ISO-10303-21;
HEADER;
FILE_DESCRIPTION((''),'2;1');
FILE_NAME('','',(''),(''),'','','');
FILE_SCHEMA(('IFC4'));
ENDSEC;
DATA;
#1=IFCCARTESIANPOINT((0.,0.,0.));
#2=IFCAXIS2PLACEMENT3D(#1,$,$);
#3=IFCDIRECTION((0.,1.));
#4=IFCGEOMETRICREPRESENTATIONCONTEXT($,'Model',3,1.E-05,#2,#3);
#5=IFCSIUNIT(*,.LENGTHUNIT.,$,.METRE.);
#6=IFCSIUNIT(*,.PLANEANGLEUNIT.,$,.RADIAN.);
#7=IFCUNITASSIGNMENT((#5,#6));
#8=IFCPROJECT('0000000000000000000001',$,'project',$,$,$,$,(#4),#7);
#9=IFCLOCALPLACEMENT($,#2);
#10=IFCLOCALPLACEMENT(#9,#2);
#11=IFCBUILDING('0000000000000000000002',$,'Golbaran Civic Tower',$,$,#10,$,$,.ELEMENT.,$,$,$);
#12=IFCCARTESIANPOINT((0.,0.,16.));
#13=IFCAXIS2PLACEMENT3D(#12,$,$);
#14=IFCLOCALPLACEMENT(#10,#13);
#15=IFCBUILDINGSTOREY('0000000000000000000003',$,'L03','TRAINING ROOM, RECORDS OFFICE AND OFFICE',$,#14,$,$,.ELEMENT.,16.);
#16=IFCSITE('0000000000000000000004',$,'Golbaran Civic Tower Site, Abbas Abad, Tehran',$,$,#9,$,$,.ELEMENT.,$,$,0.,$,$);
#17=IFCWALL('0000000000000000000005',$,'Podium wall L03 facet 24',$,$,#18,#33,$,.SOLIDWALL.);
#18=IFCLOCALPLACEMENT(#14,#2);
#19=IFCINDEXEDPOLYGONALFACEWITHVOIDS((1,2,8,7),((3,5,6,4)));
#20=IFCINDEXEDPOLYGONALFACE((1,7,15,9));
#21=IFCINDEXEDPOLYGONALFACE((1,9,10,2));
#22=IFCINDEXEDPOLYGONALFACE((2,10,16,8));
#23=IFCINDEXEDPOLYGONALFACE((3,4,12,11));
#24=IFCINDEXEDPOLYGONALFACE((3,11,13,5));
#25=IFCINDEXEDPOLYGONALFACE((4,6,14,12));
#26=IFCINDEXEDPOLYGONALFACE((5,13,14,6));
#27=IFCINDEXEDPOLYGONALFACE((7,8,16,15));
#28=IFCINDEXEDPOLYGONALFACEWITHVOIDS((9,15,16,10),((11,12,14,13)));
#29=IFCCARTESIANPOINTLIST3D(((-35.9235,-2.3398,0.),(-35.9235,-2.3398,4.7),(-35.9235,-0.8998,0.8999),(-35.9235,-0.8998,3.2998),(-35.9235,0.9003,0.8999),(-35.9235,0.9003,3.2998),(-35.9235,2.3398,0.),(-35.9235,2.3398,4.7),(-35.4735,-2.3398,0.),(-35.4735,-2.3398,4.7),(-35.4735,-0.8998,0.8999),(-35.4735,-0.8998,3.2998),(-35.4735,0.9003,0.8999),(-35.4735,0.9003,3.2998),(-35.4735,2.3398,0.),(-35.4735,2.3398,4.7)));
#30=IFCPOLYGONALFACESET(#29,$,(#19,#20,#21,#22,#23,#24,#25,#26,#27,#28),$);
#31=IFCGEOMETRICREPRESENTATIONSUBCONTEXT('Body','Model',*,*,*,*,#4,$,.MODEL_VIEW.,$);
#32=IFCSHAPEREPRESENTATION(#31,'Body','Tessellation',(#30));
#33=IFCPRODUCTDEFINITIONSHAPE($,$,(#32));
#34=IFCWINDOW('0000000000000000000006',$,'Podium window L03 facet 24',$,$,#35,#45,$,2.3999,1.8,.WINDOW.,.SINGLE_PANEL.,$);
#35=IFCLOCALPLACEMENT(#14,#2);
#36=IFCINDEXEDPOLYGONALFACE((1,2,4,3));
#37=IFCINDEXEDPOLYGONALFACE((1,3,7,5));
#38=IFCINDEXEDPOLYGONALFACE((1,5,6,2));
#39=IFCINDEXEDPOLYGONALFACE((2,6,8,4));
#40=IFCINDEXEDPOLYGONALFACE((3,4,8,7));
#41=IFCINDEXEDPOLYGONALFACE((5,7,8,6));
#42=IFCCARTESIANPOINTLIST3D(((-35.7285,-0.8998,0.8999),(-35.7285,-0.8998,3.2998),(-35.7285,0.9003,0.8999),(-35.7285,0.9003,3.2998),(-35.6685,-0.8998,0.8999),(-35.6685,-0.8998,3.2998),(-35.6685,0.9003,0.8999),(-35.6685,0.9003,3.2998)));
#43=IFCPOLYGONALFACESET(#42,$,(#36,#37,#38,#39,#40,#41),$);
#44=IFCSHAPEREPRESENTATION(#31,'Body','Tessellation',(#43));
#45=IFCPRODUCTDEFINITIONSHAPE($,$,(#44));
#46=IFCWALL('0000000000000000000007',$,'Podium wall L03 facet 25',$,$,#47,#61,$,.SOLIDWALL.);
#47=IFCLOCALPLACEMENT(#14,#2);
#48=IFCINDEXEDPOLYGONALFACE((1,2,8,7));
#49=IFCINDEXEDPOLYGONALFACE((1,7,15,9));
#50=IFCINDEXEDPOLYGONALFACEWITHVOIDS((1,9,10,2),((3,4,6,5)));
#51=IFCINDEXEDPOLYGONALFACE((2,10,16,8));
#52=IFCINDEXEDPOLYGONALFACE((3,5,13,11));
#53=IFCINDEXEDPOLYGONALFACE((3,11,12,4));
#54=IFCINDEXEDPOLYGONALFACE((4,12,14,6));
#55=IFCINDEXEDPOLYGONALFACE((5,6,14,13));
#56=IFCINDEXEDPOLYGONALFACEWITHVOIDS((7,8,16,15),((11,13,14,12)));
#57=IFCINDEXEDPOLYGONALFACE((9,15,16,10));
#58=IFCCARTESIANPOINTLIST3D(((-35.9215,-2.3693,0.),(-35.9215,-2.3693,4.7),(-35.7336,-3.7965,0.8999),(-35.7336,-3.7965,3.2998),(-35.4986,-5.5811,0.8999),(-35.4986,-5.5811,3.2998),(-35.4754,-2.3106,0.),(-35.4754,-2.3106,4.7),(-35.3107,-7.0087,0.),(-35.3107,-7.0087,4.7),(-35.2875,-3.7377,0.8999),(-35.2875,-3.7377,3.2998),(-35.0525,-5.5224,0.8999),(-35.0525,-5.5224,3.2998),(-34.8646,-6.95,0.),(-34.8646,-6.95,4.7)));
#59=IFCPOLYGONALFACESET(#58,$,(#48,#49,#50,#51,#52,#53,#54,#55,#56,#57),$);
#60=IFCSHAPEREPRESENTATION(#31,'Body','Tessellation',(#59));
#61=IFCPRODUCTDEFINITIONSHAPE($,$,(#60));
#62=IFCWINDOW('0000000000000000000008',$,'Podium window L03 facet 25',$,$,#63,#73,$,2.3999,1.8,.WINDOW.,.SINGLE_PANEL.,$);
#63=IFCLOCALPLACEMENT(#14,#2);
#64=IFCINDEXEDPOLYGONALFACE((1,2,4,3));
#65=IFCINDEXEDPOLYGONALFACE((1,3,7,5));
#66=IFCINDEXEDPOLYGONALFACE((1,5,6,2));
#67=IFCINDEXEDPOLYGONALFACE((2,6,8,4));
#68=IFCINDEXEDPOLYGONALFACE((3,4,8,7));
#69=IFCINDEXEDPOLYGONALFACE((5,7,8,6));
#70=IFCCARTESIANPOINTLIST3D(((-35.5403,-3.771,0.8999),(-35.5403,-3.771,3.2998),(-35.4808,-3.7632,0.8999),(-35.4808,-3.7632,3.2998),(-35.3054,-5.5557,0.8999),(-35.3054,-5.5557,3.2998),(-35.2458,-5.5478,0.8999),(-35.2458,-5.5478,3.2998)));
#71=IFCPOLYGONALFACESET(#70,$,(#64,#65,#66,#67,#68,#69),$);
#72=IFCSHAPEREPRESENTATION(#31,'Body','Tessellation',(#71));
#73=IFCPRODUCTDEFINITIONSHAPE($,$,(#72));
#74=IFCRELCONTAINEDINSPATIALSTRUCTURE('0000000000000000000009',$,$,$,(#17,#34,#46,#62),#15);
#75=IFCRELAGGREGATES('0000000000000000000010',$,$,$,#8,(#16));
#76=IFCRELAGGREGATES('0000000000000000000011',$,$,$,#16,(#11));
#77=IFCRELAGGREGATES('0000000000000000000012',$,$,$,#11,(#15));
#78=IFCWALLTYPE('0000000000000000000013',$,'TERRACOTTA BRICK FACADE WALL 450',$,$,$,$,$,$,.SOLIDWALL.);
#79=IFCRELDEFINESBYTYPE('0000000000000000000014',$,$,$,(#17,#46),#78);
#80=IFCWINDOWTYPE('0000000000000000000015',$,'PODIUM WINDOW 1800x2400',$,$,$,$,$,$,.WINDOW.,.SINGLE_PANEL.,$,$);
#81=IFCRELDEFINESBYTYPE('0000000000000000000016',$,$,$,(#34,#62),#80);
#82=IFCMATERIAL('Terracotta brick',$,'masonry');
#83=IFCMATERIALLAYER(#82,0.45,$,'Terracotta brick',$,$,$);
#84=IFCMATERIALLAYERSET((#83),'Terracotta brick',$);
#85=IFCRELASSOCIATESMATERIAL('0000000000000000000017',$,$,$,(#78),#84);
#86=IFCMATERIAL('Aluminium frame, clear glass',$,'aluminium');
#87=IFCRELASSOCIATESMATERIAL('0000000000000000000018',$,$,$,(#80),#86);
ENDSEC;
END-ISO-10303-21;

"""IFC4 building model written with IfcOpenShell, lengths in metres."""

from ifc_helpers import new_model, si_unit, direction, frame, frame_2d, origin, place, context, subcontext, project, spatial, rectangle, extrude, material, layer, layer_set, type_object, element, fill, save


model = new_model("IFC4")

# Units and contexts
model_context = context("Model", 3, precision=1e-05, world=origin(), true_north=direction((0.0, 1.0)))
body_context = subcontext(model_context, "Body", "Model", "MODEL_VIEW")
ifc_project = project(units=[si_unit("LENGTHUNIT", "METRE"), si_unit("PLANEANGLEUNIT", "RADIAN")], contexts=[model_context])

# Site, building, storey
site_placement = place(None, origin())
site = spatial("IfcSite", under=ifc_project, at=site_placement, Name="Golbaran Civic Tower Site, Abbas Abad, Tehran", CompositionType="ELEMENT", RefElevation=0.0)
building_placement = place(site_placement, origin())
building = spatial("IfcBuilding", under=site, at=building_placement, Name="Golbaran Civic Tower", CompositionType="ELEMENT")
storey_placement = place(building_placement, frame((0.0, 0.0, 16.0)))
storey = spatial("IfcBuildingStorey", under=building, at=storey_placement, Name="L03", Description="TRAINING ROOM, RECORDS OFFICE AND OFFICE", CompositionType="ELEMENT", Elevation=16.0)

# Walls, openings, windows
ifc_material_1 = material(Name="Terracotta brick", Category="masonry")
ifc_layer_1 = layer(ifc_material_1, 0.45, Name="Terracotta brick")
ifc_layer_set_1 = layer_set([ifc_layer_1], Name="Terracotta brick")
wall_type_1 = type_object("IfcWallType", Name="TERRACOTTA BRICK FACADE WALL 450", PredefinedType="SOLIDWALL", material=ifc_layer_set_1)
ifc_material_2 = material(Name="Aluminium frame, clear glass", Category="aluminium")
window_type = type_object("IfcWindowType", Name="PODIUM WINDOW 1800x2400", PartitioningType="SINGLE_PANEL", PredefinedType="WINDOW", material=ifc_material_2)
wall_1_placement = place(storey_placement, frame((-35.6985, 2.3398, 0.0), z_axis=(0.0, 0.0, 1.0), x_axis=(0.0, -1.0, 0.0)))
wall_1 = element("IfcWall", 1, at=wall_1_placement, inside=storey, type_object=wall_type_1, Name="Podium wall L03 facet 24", PredefinedType="SOLIDWALL", context=body_context, shape_type="SweptSolid", body=[
    extrude(rectangle(XDim=4.6797, YDim=0.45, at=frame_2d((2.3398, 0.0))), origin(), (0.0, 0.0, 1.0), 4.7),
])
opening_1_placement = place(wall_1_placement, frame((1.4397, 0.0, 0.8999)))
opening_1 = element("IfcOpeningElement", 2, at=opening_1_placement, cuts=wall_1, PredefinedType="OPENING", context=body_context, shape_type="SweptSolid", body=[
    extrude(rectangle(XDim=1.8, YDim=2.3999, at=frame_2d((0.8999, 1.2))), frame((0.0, 0.2349, 0.0), z_axis=(0.0, -1.0, 0.0), x_axis=(1.0, 0.0, 0.0)), (0.0, 0.0, 1.0), 0.47),
])
window_1_placement = place(opening_1_placement, origin())
window_1 = element("IfcWindow", 3, at=window_1_placement, inside=storey, type_object=window_type, Name="Podium window L03 facet 24", OverallHeight=2.3999, OverallWidth=1.8, PartitioningType="SINGLE_PANEL", PredefinedType="WINDOW", context=body_context, shape_type="SweptSolid", body=[
    extrude(rectangle(XDim=1.8, YDim=2.3999, at=frame_2d((0.8999, 1.2))), frame((0.0, 0.03, 0.0), z_axis=(0.0, -1.0, 0.0), x_axis=(1.0, 0.0, 0.0)), (0.0, 0.0, 1.0), 0.0601),
])
fill(opening_1, window_1)
wall_2_placement = place(storey_placement, frame((-35.6985, -2.3398, 0.0), z_axis=(0.0, 0.0, 1.0), x_axis=(0.130537, -0.991443, 0.0)))
wall_2 = element("IfcWall", 4, at=wall_2_placement, inside=storey, type_object=wall_type_1, Name="Podium wall L03 facet 25", PredefinedType="SOLIDWALL", context=body_context, shape_type="SweptSolid", body=[
    extrude(rectangle(XDim=4.6794, YDim=0.45, at=frame_2d((2.3398, 0.0))), origin(), (0.0, 0.0, 1.0), 4.7),
])
opening_2_placement = place(wall_2_placement, frame((1.4397, 0.0, 0.8999)))
opening_2 = element("IfcOpeningElement", 5, at=opening_2_placement, cuts=wall_2, PredefinedType="OPENING", context=body_context, shape_type="SweptSolid", body=[
    extrude(rectangle(XDim=1.8, YDim=2.3999, at=frame_2d((0.8999, 1.2))), frame((0.0, 0.2349, 0.0), z_axis=(0.0, -1.0, 0.0), x_axis=(1.0, 0.0, 0.0)), (0.0, 0.0, 1.0), 0.47),
])
window_2_placement = place(opening_2_placement, origin())
window_2 = element("IfcWindow", 6, at=window_2_placement, inside=storey, type_object=window_type, Name="Podium window L03 facet 25", OverallHeight=2.3999, OverallWidth=1.8, PartitioningType="SINGLE_PANEL", PredefinedType="WINDOW", context=body_context, shape_type="SweptSolid", body=[
    extrude(rectangle(XDim=1.8, YDim=2.3999, at=frame_2d((0.8999, 1.2))), frame((0.0, 0.03, 0.0), z_axis=(0.0, -1.0, 0.0), x_axis=(1.0, 0.0, 0.0)), (0.0, 0.0, 1.0), 0.0601),
])
fill(opening_2, window_2)

save(model, "model.ifc")
